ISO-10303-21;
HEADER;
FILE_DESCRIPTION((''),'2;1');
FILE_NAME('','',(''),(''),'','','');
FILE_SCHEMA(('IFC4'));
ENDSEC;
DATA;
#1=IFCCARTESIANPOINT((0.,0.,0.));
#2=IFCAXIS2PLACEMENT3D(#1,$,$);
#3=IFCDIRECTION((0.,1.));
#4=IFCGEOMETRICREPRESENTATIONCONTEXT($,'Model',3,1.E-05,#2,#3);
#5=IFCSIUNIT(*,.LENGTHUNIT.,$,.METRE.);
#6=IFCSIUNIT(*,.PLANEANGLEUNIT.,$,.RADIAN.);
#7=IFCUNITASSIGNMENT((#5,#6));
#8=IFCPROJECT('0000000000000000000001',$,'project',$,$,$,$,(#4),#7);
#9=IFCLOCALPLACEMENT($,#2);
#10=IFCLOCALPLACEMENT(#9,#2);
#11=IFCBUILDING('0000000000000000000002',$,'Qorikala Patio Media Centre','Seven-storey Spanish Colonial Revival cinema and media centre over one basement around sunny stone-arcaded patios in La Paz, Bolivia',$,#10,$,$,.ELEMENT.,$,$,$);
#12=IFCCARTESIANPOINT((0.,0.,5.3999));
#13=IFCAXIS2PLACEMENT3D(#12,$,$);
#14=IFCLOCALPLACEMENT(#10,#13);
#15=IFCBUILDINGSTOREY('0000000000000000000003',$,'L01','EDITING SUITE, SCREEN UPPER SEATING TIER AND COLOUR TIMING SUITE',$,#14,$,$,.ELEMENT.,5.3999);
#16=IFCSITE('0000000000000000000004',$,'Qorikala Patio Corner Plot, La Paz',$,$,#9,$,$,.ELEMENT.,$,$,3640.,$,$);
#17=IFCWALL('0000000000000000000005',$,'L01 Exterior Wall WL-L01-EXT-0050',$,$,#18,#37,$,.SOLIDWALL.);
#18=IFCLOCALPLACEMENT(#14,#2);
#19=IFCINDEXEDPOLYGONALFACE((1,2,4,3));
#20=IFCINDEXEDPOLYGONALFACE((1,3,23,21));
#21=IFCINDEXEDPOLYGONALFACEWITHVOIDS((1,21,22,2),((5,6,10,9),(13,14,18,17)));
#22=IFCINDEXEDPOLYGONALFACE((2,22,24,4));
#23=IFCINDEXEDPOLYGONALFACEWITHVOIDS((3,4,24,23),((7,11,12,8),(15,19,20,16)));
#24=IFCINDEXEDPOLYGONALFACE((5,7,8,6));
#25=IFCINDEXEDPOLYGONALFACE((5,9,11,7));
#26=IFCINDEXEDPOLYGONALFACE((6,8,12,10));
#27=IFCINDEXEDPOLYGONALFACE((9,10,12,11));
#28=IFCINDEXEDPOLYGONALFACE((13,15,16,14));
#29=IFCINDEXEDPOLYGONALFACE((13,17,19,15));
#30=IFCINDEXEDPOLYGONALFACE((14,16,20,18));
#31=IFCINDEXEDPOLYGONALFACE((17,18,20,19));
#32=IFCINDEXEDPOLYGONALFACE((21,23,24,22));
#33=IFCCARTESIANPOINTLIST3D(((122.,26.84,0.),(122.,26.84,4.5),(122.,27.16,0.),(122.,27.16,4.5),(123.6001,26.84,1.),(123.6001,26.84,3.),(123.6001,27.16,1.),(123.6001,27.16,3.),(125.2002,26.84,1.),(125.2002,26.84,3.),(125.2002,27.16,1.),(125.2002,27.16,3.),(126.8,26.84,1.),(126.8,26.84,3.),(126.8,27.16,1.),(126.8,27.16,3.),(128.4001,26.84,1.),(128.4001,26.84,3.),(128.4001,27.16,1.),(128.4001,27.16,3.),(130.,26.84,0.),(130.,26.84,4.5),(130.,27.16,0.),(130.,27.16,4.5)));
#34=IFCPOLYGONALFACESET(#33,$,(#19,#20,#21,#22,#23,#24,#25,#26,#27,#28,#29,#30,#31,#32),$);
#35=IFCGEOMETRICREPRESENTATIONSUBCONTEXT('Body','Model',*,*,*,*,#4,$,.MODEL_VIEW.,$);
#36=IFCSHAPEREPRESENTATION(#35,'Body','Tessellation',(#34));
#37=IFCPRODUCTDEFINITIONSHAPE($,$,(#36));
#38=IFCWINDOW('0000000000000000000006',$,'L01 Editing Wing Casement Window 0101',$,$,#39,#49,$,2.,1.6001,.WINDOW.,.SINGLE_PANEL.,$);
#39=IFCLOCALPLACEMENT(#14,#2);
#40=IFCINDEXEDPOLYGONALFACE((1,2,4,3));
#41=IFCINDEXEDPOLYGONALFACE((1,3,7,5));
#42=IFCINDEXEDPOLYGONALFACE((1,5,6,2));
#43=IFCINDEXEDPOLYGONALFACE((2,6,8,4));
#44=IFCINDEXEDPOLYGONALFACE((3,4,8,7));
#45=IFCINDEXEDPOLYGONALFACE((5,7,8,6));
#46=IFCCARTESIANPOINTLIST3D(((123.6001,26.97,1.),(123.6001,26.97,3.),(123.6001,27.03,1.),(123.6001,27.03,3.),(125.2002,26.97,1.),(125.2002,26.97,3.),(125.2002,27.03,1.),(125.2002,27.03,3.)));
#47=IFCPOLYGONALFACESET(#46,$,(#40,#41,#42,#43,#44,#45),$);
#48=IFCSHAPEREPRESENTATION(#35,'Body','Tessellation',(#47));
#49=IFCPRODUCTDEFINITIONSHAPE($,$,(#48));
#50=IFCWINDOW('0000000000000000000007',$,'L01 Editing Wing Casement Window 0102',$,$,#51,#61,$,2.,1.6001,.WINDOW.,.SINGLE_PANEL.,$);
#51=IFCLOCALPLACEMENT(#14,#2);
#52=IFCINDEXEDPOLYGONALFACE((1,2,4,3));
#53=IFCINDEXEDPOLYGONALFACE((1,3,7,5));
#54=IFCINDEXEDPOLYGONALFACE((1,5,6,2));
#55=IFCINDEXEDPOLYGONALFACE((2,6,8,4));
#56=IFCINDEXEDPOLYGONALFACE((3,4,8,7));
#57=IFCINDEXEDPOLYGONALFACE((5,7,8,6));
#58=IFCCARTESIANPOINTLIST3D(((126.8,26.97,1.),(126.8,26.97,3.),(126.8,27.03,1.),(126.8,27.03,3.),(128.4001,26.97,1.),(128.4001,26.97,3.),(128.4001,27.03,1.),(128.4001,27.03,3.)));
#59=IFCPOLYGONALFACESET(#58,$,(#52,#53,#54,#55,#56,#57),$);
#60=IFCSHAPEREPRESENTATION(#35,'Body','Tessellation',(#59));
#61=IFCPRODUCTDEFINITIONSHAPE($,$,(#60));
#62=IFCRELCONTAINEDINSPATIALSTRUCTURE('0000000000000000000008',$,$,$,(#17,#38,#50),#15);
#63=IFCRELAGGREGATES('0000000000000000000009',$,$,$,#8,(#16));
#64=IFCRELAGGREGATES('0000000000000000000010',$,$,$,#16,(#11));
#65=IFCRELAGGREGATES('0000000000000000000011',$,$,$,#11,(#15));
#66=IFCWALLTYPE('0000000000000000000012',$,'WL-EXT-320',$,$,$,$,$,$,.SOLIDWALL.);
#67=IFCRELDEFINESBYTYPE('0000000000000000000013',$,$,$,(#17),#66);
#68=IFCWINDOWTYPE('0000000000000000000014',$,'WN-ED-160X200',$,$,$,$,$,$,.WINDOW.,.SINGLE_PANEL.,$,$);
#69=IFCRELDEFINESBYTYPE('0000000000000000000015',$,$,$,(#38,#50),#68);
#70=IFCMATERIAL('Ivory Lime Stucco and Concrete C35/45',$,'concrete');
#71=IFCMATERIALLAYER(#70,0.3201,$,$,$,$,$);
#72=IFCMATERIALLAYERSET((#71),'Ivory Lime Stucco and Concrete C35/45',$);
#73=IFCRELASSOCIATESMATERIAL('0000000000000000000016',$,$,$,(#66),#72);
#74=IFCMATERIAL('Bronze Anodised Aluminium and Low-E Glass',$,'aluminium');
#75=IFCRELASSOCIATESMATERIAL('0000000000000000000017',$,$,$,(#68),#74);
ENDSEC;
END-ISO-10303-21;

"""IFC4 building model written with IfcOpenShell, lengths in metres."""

from ifc_helpers import new_model, si_unit, direction, frame, frame_2d, origin, place, context, subcontext, project, spatial, rectangle, extrude, material, layer, layer_set, type_object, element, fill, save


model = new_model("IFC4")

# Units and contexts
model_context = context("Model", 3, precision=1e-05, world=origin(), true_north=direction((0.0, 1.0)))
body_context = subcontext(model_context, "Body", "Model", "MODEL_VIEW")
ifc_project = project(units=[si_unit("LENGTHUNIT", "METRE"), si_unit("PLANEANGLEUNIT", "RADIAN")], contexts=[model_context])

# Site, building, storey
site_placement = place(None, origin())
site = spatial("IfcSite", under=ifc_project, at=site_placement, Name="Qorikala Patio Corner Plot, La Paz", CompositionType="ELEMENT", RefElevation=3640.0)
building_placement = place(site_placement, origin())
building = spatial("IfcBuilding", under=site, at=building_placement, Name="Qorikala Patio Media Centre", Description="Seven-storey Spanish Colonial Revival cinema and media centre over one basement around sunny stone-arcaded patios in La Paz, Bolivia", CompositionType="ELEMENT")
storey_placement = place(building_placement, frame((0.0, 0.0, 5.3999)))
storey = spatial("IfcBuildingStorey", under=building, at=storey_placement, Name="L01", Description="EDITING SUITE, SCREEN UPPER SEATING TIER AND COLOUR TIMING SUITE", CompositionType="ELEMENT", Elevation=5.3999)

# Wall, openings, windows
ifc_material_1 = material(Name="Ivory Lime Stucco and Concrete C35/45", Category="concrete")
ifc_layer = layer(ifc_material_1, 0.3201)
ifc_layer_set = layer_set([ifc_layer], Name="Ivory Lime Stucco and Concrete C35/45")
wall_type = type_object("IfcWallType", Name="WL-EXT-320", PredefinedType="SOLIDWALL", material=ifc_layer_set)
wall_placement = place(storey_placement, frame((122.0, 27.0, 0.0), z_axis=(0.0, 0.0, 1.0), x_axis=(1.0, 0.0, 0.0)))
wall = element("IfcWall", 1, at=wall_placement, inside=storey, type_object=wall_type, Name="L01 Exterior Wall WL-L01-EXT-0050", PredefinedType="SOLIDWALL", context=body_context, shape_type="SweptSolid", body=[
    extrude(rectangle(XDim=8.0, YDim=0.3201, at=frame_2d((4.0, 0.0))), origin(), (0.0, 0.0, 1.0), 4.5),
])
opening_1_placement = place(wall_placement, frame((1.6001, 0.0, 1.0)))
opening_1 = element("IfcOpeningElement", 2, at=opening_1_placement, cuts=wall, PredefinedType="OPENING", context=body_context, shape_type="SweptSolid", body=[
    extrude(rectangle(XDim=1.6001, YDim=2.0, at=frame_2d((0.8, 1.0))), frame((0.0, 0.1699, 0.0), z_axis=(0.0, -1.0, 0.0), x_axis=(1.0, 0.0, 0.0)), (0.0, 0.0, 1.0), 0.3401),
])
opening_2_placement = place(wall_placement, frame((4.8, 0.0, 1.0)))
opening_2 = element("IfcOpeningElement", 3, at=opening_2_placement, cuts=wall, PredefinedType="OPENING", context=body_context, shape_type="SweptSolid", body=[
    extrude(rectangle(XDim=1.6001, YDim=2.0, at=frame_2d((0.8, 1.0))), frame((0.0, 0.1699, 0.0), z_axis=(0.0, -1.0, 0.0), x_axis=(1.0, 0.0, 0.0)), (0.0, 0.0, 1.0), 0.3401),
])
ifc_material_2 = material(Name="Bronze Anodised Aluminium and Low-E Glass", Category="aluminium")
window_type = type_object("IfcWindowType", Name="WN-ED-160X200", PartitioningType="SINGLE_PANEL", PredefinedType="WINDOW", material=ifc_material_2)
window_1_placement = place(opening_1_placement, origin())
window_1 = element("IfcWindow", 4, at=window_1_placement, inside=storey, type_object=window_type, Name="L01 Editing Wing Casement Window 0101", OverallHeight=2.0, OverallWidth=1.6001, PartitioningType="SINGLE_PANEL", PredefinedType="WINDOW", context=body_context, shape_type="SweptSolid", body=[
    extrude(rectangle(XDim=1.6001, YDim=2.0, at=frame_2d((0.8, 1.0))), frame((0.0, 0.03, 0.0), z_axis=(0.0, -1.0, 0.0), x_axis=(1.0, 0.0, 0.0)), (0.0, 0.0, 1.0), 0.0601),
])
fill(opening_1, window_1)
window_2_placement = place(opening_2_placement, origin())
window_2 = element("IfcWindow", 5, at=window_2_placement, inside=storey, type_object=window_type, Name="L01 Editing Wing Casement Window 0102", OverallHeight=2.0, OverallWidth=1.6001, PartitioningType="SINGLE_PANEL", PredefinedType="WINDOW", context=body_context, shape_type="SweptSolid", body=[
    extrude(rectangle(XDim=1.6001, YDim=2.0, at=frame_2d((0.8, 1.0))), frame((0.0, 0.03, 0.0), z_axis=(0.0, -1.0, 0.0), x_axis=(1.0, 0.0, 0.0)), (0.0, 0.0, 1.0), 0.0601),
])
fill(opening_2, window_2)

save(model, "model.ifc")
